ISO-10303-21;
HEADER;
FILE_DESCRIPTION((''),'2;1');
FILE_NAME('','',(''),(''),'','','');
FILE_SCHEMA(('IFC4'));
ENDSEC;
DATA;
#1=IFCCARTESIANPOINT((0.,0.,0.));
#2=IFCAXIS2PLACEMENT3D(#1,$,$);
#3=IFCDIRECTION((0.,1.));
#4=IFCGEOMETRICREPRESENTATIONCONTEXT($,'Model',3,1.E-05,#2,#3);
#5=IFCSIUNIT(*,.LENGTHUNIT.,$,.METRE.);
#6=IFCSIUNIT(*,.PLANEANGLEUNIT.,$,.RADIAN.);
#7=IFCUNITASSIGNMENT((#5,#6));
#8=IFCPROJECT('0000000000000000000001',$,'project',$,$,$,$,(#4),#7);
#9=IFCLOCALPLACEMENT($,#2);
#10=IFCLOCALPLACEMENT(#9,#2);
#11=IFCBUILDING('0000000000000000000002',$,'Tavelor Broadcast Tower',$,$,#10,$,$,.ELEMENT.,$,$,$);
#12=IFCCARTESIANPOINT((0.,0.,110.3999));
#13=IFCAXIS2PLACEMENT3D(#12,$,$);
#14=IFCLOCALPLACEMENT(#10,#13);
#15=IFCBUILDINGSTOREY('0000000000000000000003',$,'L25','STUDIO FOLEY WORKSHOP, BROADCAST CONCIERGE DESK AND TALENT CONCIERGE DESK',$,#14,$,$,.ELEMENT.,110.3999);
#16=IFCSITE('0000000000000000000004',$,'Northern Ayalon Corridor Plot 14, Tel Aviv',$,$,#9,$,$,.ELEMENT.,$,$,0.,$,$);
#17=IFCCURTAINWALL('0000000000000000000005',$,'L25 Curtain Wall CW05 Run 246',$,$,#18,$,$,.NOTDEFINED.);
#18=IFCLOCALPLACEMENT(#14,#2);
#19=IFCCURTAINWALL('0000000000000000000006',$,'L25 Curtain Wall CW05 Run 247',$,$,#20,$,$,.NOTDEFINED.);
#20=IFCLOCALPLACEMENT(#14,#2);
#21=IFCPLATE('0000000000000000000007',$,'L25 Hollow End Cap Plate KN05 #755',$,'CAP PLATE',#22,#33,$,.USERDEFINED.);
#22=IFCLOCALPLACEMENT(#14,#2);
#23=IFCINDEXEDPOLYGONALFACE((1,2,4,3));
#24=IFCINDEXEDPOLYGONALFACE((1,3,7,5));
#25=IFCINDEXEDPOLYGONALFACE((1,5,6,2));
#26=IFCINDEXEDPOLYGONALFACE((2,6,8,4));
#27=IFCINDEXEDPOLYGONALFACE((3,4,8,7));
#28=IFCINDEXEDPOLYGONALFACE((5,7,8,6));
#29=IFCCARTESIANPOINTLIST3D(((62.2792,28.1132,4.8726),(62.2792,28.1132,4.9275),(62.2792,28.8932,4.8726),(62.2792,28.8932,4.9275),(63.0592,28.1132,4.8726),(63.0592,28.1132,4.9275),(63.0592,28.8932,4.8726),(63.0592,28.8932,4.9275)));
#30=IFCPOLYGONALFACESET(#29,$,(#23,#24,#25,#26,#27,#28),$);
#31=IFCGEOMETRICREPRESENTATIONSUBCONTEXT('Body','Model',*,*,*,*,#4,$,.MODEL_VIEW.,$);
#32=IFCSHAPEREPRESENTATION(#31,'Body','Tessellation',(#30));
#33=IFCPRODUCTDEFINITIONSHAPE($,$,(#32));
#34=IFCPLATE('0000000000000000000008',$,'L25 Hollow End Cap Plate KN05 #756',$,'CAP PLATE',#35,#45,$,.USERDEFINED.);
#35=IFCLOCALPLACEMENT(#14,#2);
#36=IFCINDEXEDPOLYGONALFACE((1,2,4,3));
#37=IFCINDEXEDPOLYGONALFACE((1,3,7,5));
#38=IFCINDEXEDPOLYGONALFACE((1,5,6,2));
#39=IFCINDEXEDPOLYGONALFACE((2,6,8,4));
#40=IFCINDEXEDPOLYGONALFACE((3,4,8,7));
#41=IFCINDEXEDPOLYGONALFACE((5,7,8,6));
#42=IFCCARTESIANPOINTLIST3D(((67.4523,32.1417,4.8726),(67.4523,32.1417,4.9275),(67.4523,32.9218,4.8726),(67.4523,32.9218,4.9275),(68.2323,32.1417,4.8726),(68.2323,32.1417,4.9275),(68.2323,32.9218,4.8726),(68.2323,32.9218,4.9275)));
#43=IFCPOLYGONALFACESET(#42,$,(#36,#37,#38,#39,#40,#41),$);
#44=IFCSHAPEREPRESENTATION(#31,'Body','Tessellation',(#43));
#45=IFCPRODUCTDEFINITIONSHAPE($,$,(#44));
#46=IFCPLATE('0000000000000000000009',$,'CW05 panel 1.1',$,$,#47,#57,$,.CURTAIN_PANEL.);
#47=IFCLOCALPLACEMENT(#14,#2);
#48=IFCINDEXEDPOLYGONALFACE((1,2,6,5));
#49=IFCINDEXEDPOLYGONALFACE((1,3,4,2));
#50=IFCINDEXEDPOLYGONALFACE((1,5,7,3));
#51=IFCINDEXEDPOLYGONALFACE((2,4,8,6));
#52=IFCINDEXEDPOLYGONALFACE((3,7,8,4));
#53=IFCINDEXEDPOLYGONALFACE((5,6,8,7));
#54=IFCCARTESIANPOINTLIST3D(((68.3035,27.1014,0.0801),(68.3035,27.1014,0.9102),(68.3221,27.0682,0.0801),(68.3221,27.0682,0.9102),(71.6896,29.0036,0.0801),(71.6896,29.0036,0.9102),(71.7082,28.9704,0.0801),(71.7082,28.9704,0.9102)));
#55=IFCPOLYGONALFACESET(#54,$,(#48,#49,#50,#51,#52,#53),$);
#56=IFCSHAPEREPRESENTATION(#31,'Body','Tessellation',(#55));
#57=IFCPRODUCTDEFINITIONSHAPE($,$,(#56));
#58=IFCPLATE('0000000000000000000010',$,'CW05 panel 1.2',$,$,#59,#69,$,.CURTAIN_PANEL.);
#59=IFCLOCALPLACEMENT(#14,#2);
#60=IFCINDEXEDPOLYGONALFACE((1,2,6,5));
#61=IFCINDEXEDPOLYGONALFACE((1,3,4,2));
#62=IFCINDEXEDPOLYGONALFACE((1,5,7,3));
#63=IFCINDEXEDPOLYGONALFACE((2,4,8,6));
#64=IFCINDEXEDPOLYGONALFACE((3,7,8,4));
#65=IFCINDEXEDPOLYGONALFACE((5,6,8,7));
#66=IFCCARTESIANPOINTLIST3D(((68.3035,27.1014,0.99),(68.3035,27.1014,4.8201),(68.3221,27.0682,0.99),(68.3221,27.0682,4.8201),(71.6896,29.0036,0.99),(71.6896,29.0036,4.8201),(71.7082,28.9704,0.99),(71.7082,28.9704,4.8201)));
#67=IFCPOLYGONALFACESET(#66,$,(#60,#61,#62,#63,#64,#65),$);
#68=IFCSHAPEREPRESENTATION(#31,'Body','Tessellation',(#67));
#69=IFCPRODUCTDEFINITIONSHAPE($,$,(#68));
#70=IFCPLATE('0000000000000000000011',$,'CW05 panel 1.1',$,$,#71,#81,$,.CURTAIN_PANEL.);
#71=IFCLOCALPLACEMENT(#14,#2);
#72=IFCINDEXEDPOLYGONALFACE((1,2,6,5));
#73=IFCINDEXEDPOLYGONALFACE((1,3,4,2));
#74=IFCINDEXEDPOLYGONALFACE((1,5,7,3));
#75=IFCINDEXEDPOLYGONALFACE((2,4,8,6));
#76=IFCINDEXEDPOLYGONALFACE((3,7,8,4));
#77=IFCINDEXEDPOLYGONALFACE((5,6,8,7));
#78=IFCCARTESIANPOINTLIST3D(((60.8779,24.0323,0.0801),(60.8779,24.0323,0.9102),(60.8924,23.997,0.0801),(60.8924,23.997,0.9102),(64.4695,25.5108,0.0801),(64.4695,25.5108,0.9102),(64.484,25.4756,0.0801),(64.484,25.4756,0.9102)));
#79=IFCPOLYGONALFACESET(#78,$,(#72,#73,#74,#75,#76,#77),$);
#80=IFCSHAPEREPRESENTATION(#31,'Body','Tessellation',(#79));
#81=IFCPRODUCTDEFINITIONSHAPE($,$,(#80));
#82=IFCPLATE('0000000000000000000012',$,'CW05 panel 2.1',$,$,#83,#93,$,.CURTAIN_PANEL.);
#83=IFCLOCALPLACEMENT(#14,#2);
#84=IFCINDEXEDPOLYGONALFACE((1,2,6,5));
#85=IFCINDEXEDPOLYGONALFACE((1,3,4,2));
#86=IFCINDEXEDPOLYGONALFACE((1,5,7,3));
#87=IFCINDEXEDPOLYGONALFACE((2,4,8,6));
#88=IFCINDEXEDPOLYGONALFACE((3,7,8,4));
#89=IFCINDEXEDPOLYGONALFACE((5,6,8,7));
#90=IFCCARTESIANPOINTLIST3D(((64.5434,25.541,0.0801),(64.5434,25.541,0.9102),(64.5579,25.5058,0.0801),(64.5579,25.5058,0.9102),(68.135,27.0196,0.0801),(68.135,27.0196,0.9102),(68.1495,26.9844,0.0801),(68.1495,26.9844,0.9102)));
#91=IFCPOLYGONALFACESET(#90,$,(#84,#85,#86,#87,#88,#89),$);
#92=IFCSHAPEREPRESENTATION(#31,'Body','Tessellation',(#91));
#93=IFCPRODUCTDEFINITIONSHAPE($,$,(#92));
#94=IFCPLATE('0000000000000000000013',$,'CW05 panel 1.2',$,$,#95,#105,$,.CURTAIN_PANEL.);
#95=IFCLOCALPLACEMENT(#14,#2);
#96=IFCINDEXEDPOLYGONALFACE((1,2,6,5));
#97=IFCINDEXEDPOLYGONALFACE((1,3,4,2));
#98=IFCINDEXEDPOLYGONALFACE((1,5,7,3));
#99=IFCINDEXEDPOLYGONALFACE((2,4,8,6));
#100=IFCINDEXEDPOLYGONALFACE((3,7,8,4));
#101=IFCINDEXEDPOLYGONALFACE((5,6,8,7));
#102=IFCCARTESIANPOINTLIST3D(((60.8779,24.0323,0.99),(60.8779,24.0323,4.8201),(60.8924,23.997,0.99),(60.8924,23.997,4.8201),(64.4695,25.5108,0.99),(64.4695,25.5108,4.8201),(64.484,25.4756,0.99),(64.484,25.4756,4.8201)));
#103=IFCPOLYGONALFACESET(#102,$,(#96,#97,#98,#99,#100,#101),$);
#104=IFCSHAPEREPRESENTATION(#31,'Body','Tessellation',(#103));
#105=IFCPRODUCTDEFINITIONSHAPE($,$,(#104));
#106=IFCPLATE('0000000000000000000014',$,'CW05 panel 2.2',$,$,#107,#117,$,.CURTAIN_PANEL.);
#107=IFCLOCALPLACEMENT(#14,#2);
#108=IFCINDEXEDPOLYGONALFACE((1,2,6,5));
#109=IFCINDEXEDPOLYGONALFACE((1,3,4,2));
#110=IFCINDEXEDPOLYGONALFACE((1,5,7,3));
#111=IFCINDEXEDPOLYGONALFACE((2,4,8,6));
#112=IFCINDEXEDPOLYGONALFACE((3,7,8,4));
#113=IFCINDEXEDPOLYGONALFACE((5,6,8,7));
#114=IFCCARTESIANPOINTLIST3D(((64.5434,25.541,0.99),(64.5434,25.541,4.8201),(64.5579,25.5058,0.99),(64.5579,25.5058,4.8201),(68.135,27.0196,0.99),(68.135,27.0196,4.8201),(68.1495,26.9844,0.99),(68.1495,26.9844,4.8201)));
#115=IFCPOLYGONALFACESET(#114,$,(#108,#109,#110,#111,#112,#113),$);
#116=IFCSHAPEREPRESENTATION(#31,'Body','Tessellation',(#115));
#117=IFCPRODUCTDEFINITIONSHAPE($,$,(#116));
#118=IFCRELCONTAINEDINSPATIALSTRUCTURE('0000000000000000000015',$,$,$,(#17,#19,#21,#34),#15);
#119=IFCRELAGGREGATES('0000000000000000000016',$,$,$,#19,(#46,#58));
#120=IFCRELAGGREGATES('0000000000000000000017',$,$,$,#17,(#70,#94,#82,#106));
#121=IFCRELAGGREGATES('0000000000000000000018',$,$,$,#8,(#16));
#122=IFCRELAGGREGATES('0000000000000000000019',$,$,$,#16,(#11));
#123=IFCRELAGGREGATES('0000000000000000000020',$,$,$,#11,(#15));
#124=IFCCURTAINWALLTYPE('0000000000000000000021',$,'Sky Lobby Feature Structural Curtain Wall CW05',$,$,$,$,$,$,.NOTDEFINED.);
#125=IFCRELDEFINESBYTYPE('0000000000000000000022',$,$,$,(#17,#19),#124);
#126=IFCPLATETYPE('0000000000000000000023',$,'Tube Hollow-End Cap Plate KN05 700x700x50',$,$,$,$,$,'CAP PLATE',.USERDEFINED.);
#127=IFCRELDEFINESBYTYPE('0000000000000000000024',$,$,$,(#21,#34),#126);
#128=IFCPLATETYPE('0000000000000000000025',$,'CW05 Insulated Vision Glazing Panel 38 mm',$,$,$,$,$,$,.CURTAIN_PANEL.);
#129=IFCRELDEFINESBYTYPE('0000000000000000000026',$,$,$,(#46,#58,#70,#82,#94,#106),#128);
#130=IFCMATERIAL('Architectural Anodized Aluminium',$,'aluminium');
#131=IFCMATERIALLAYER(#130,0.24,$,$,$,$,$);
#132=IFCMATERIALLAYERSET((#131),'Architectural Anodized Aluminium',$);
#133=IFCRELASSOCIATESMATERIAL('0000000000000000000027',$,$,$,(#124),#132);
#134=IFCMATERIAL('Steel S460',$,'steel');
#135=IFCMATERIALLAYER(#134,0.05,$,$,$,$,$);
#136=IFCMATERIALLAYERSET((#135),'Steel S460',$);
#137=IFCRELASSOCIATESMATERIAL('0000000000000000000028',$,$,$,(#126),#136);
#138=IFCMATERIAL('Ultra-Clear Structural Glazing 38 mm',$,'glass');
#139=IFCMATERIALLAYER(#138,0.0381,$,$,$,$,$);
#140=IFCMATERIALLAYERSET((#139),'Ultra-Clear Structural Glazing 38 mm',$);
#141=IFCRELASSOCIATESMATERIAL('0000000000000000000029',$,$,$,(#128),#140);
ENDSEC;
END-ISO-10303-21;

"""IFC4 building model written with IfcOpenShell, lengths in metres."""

from ifc_helpers import new_model, si_unit, direction, frame, origin, origin_2d, place, context, subcontext, project, spatial, rectangle, extrude, source, transform, mapped, material, layer, layer_set, type_object, type_shapes, element, aggregate, save


model = new_model("IFC4")

# Units and contexts
model_context = context("Model", 3, precision=1e-05, world=origin(), true_north=direction((0.0, 1.0)))
body_context = subcontext(model_context, "Body", "Model", "MODEL_VIEW")
ifc_project = project(units=[si_unit("LENGTHUNIT", "METRE"), si_unit("PLANEANGLEUNIT", "RADIAN")], contexts=[model_context])

# Site, building, storey
site_placement = place(None, origin())
site = spatial("IfcSite", under=ifc_project, at=site_placement, Name="Northern Ayalon Corridor Plot 14, Tel Aviv", CompositionType="ELEMENT", RefElevation=0.0)
building_placement = place(site_placement, origin())
building = spatial("IfcBuilding", under=site, at=building_placement, Name="Tavelor Broadcast Tower", CompositionType="ELEMENT")
storey_placement = place(building_placement, frame((0.0, 0.0, 110.3999)))
storey = spatial("IfcBuildingStorey", under=building, at=storey_placement, Name="L25", Description="STUDIO FOLEY WORKSHOP, BROADCAST CONCIERGE DESK AND TALENT CONCIERGE DESK", CompositionType="ELEMENT", Elevation=110.3999)

# Shared definitions
ifc_material_1 = material(Name="Steel S460", Category="steel")

# Curtain walls
ifc_material_2 = material(Name="Architectural Anodized Aluminium", Category="aluminium")
ifc_layer_1 = layer(ifc_material_2, 0.24)
ifc_layer_set_1 = layer_set([ifc_layer_1], Name="Architectural Anodized Aluminium")
curtain_wall_type = type_object("IfcCurtainWallType", Name="Sky Lobby Feature Structural Curtain Wall CW05", PredefinedType="NOTDEFINED", material=ifc_layer_set_1)
curtain_wall_1_placement = place(storey_placement, origin())
curtain_wall_1 = element("IfcCurtainWall", 1, at=curtain_wall_1_placement, inside=storey, type_object=curtain_wall_type, Name="L25 Curtain Wall CW05 Run 246", PredefinedType="NOTDEFINED")
curtain_wall_2_placement = place(storey_placement, origin())
curtain_wall_2 = element("IfcCurtainWall", 2, at=curtain_wall_2_placement, inside=storey, type_object=curtain_wall_type, Name="L25 Curtain Wall CW05 Run 247", PredefinedType="NOTDEFINED")

# Plates
ifc_layer_2 = layer(ifc_material_1, 0.05)
ifc_layer_set_2 = layer_set([ifc_layer_2], Name="Steel S460")
plate_type_1 = type_object("IfcPlateType", Name="Tube Hollow-End Cap Plate KN05 700x700x50", ElementType="CAP PLATE", PredefinedType="USERDEFINED", material=ifc_layer_set_2)
shared_shape_1 = source(origin(), body_context, "Body", "SweptSolid", [
    extrude(rectangle(XDim=0.78, YDim=0.78, at=origin_2d()), origin(), (0.0, 0.0, 1.0), 0.0549),
])
type_shapes(plate_type_1, [shared_shape_1])
for number, where, z_axis, x_axis, name in (
    (3, (62.6692, 28.5032, 4.8726), (0.0, 0.0, 1.0), (1.0, 0.0, 0.0), "L25 Hollow End Cap Plate KN05 #755"),
    (4, (67.8423, 32.5317, 4.8726), (0.0, 0.0, 1.0), (1.0, 0.0, 0.0), "L25 Hollow End Cap Plate KN05 #756"),
):
    element("IfcPlate", number, at=place(storey_placement, frame(where, z_axis=z_axis, x_axis=x_axis)), inside=storey, type_object=plate_type_1, Name=name, ObjectType="CAP PLATE", PredefinedType="USERDEFINED", context=body_context, shape_type="MappedRepresentation", body=[
        mapped(shared_shape_1, transform((0.0, 0.0, 0.0), scale=1.0)),
    ])

# Plates
ifc_material_3 = material(Name="Ultra-Clear Structural Glazing 38 mm", Category="glass")
ifc_layer_3 = layer(ifc_material_3, 0.0381)
ifc_layer_set_3 = layer_set([ifc_layer_3], Name="Ultra-Clear Structural Glazing 38 mm")
plate_type_2 = type_object("IfcPlateType", Name="CW05 Insulated Vision Glazing Panel 38 mm", PredefinedType="CURTAIN_PANEL", material=ifc_layer_set_3)
shared_shape_2 = source(origin(), body_context, "Body", "SweptSolid", [
    extrude(rectangle(XDim=3.8838, YDim=0.0381, at=origin_2d()), origin(), (0.0, 0.0, 1.0), 0.8301),
])
plate_1_placement = place(storey_placement, frame((70.0059, 28.0359, 0.0801), z_axis=(0.0, 0.0, 1.0), x_axis=(0.87185, 0.489773, 0.0)))
plate_1 = element("IfcPlate", 5, at=plate_1_placement, type_object=plate_type_2, Name="CW05 panel 1.1", PredefinedType="CURTAIN_PANEL", context=body_context, shape_type="MappedRepresentation", body=[
    mapped(shared_shape_2, transform((0.0, 0.0, 0.0), scale=1.0)),
])
shared_shape_3 = source(origin(), body_context, "Body", "SweptSolid", [
    extrude(rectangle(XDim=3.8838, YDim=0.0381, at=origin_2d()), origin(), (0.0, 0.0, 1.0), 3.8301),
])
plate_2_placement = place(storey_placement, frame((70.0059, 28.0359, 0.99), z_axis=(0.0, 0.0, 1.0), x_axis=(0.87185, 0.489773, 0.0)))
plate_2 = element("IfcPlate", 6, at=plate_2_placement, type_object=plate_type_2, Name="CW05 panel 1.2", PredefinedType="CURTAIN_PANEL", context=body_context, shape_type="MappedRepresentation", body=[
    mapped(shared_shape_3, transform((0.0, 0.0, 0.0), scale=1.0)),
])
aggregate(curtain_wall_2, [plate_1, plate_2])
shared_shape_4 = source(origin(), body_context, "Body", "SweptSolid", [
    extrude(rectangle(XDim=3.884, YDim=0.0381, at=origin_2d()), origin(), (0.0, 0.0, 1.0), 0.8301),
])
plate_3_placement = place(storey_placement, frame((62.6809, 24.7539, 0.0801), z_axis=(0.0, 0.0, 1.0), x_axis=(0.924711, 0.380669, 0.0)))
plate_3 = element("IfcPlate", 7, at=plate_3_placement, type_object=plate_type_2, Name="CW05 panel 1.1", PredefinedType="CURTAIN_PANEL", context=body_context, shape_type="MappedRepresentation", body=[
    mapped(shared_shape_4, transform((0.0, 0.0, 0.0), scale=1.0)),
])
plate_4_placement = place(storey_placement, frame((66.3464, 26.2627, 0.0801), z_axis=(0.0, 0.0, 1.0), x_axis=(0.924711, 0.380669, 0.0)))
plate_4 = element("IfcPlate", 8, at=plate_4_placement, type_object=plate_type_2, Name="CW05 panel 2.1", PredefinedType="CURTAIN_PANEL", context=body_context, shape_type="MappedRepresentation", body=[
    mapped(shared_shape_4, transform((0.0, 0.0, 0.0), scale=1.0)),
])
shared_shape_5 = source(origin(), body_context, "Body", "SweptSolid", [
    extrude(rectangle(XDim=3.884, YDim=0.0381, at=origin_2d()), origin(), (0.0, 0.0, 1.0), 3.8301),
])
type_shapes(plate_type_2, [shared_shape_2, shared_shape_3, shared_shape_4, shared_shape_5])
plate_5_placement = place(storey_placement, frame((62.6809, 24.7539, 0.99), z_axis=(0.0, 0.0, 1.0), x_axis=(0.924711, 0.380669, 0.0)))
plate_5 = element("IfcPlate", 9, at=plate_5_placement, type_object=plate_type_2, Name="CW05 panel 1.2", PredefinedType="CURTAIN_PANEL", context=body_context, shape_type="MappedRepresentation", body=[
    mapped(shared_shape_5, transform((0.0, 0.0, 0.0), scale=1.0)),
])
plate_6_placement = place(storey_placement, frame((66.3464, 26.2627, 0.99), z_axis=(0.0, 0.0, 1.0), x_axis=(0.924711, 0.380669, 0.0)))
plate_6 = element("IfcPlate", 10, at=plate_6_placement, type_object=plate_type_2, Name="CW05 panel 2.2", PredefinedType="CURTAIN_PANEL", context=body_context, shape_type="MappedRepresentation", body=[
    mapped(shared_shape_5, transform((0.0, 0.0, 0.0), scale=1.0)),
])
aggregate(curtain_wall_1, [plate_3, plate_5, plate_4, plate_6])

save(model, "model.ifc")
